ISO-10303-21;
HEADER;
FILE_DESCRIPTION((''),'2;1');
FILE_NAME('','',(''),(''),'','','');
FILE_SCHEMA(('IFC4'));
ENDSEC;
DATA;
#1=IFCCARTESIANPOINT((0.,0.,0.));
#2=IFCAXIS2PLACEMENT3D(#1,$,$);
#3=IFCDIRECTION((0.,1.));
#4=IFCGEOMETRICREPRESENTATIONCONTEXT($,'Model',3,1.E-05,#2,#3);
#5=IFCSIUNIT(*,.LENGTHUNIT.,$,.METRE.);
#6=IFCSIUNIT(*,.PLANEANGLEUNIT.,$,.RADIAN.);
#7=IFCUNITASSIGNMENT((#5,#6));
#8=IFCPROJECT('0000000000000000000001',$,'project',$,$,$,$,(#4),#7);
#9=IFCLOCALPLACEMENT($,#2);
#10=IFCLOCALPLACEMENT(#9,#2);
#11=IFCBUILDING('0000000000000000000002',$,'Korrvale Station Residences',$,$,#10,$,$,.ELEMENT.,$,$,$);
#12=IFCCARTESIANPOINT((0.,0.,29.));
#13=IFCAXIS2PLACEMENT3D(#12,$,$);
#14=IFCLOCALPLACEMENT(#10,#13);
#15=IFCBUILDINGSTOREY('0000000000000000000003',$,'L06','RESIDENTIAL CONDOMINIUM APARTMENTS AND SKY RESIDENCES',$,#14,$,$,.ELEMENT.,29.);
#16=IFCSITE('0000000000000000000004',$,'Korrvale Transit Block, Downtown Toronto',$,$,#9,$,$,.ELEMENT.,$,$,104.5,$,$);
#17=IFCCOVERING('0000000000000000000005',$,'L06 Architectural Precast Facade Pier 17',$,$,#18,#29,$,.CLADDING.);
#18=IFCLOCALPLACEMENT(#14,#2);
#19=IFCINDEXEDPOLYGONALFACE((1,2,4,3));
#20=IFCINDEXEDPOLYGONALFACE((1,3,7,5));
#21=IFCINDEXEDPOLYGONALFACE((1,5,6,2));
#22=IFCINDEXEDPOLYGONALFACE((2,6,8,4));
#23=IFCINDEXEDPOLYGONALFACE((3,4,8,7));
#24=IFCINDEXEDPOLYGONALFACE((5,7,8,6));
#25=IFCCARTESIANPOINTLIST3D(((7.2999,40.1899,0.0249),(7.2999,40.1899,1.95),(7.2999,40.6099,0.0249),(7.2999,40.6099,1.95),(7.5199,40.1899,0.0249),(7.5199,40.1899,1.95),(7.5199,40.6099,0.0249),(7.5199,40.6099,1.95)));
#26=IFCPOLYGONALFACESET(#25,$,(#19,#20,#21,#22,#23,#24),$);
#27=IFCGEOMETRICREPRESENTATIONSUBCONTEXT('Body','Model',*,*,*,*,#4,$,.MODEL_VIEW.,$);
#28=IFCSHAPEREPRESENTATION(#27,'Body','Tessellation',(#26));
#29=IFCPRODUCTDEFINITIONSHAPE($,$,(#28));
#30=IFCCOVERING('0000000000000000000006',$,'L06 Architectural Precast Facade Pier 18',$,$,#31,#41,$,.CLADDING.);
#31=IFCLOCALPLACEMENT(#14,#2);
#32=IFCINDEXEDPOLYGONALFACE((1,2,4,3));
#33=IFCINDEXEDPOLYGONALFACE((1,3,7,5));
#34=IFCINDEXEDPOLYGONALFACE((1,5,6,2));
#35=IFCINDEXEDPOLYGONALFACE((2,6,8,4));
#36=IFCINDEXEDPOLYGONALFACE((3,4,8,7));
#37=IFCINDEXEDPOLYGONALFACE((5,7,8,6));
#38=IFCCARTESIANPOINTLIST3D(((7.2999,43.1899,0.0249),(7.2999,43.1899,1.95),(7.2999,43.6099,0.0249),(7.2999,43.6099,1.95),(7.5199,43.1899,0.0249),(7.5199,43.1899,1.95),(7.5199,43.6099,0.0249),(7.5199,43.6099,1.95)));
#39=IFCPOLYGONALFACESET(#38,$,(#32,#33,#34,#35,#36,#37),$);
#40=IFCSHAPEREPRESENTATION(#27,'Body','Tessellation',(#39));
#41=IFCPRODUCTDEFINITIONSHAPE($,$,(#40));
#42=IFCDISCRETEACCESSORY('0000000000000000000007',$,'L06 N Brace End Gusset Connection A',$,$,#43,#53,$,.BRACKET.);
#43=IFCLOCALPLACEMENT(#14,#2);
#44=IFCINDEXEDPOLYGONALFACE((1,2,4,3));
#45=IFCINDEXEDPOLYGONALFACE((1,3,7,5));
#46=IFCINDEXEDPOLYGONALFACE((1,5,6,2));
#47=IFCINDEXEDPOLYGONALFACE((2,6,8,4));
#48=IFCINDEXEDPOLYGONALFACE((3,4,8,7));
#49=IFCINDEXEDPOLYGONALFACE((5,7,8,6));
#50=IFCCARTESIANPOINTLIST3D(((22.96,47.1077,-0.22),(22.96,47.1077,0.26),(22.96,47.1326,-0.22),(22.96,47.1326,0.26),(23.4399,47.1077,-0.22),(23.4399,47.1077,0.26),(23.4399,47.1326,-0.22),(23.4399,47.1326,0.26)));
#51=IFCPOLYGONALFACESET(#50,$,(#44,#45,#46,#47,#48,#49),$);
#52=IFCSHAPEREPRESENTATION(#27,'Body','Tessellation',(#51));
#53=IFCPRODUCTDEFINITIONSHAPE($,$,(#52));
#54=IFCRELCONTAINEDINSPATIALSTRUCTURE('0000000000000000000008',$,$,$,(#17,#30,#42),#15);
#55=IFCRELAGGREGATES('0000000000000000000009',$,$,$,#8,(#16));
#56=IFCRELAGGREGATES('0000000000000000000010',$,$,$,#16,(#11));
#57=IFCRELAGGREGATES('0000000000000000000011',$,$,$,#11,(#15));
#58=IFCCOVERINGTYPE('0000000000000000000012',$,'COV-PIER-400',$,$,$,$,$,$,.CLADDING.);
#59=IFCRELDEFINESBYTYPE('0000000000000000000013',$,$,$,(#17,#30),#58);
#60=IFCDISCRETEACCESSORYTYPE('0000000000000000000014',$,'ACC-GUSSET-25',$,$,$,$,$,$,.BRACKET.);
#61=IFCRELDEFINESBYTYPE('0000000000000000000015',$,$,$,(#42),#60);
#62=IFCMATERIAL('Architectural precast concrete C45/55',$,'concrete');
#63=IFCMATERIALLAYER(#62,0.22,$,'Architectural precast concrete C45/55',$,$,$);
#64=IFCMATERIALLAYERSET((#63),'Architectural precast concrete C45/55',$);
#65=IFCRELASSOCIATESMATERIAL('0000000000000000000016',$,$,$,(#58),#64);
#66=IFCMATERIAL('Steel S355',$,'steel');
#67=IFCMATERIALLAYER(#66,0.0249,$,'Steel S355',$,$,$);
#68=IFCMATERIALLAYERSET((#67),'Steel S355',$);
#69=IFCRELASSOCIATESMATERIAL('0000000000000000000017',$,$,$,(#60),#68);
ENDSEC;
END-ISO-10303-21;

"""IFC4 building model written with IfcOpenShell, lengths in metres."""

from ifc_helpers import new_model, si_unit, direction, frame, origin, origin_2d, place, context, subcontext, project, spatial, rectangle, extrude, material, layer, layer_set, type_object, element, save


model = new_model("IFC4")

# Units and contexts
model_context = context("Model", 3, precision=1e-05, world=origin(), true_north=direction((0.0, 1.0)))
body_context = subcontext(model_context, "Body", "Model", "MODEL_VIEW")
ifc_project = project(units=[si_unit("LENGTHUNIT", "METRE"), si_unit("PLANEANGLEUNIT", "RADIAN")], contexts=[model_context])

# Site, building, storey
site_placement = place(None, origin())
site = spatial("IfcSite", under=ifc_project, at=site_placement, Name="Korrvale Transit Block, Downtown Toronto", CompositionType="ELEMENT", RefElevation=104.5)
building_placement = place(site_placement, origin())
building = spatial("IfcBuilding", under=site, at=building_placement, Name="Korrvale Station Residences", CompositionType="ELEMENT")
storey_placement = place(building_placement, frame((0.0, 0.0, 29.0)))
storey = spatial("IfcBuildingStorey", under=building, at=storey_placement, Name="L06", Description="RESIDENTIAL CONDOMINIUM APARTMENTS AND SKY RESIDENCES", CompositionType="ELEMENT", Elevation=29.0)

# Shared definitions
ifc_material_1 = material(Name="Steel S355", Category="steel")

# Coverings
ifc_material_2 = material(Name="Architectural precast concrete C45/55", Category="concrete")
ifc_layer_1 = layer(ifc_material_2, 0.22, Name="Architectural precast concrete C45/55")
ifc_layer_set_1 = layer_set([ifc_layer_1], Name="Architectural precast concrete C45/55")
covering_type = type_object("IfcCoveringType", Name="COV-PIER-400", PredefinedType="CLADDING", material=ifc_layer_set_1)
for number, where, z_axis, x_axis, name in (
    (1, (7.4099, 40.3999, 0.0249), (0.0, 0.0, 1.0), (0.0, 1.0, 0.0), "L06 Architectural Precast Facade Pier 17"),
    (2, (7.4099, 43.3999, 0.0249), (0.0, 0.0, 1.0), (0.0, 1.0, 0.0), "L06 Architectural Precast Facade Pier 18"),
):
    element("IfcCovering", number, at=place(storey_placement, frame(where, z_axis=z_axis, x_axis=x_axis)), inside=storey, type_object=covering_type, Name=name, PredefinedType="CLADDING", context=body_context, shape_type="SweptSolid", body=[
        extrude(rectangle(XDim=0.4199, YDim=0.22, at=origin_2d()), origin(), (0.0, 0.0, 1.0), 1.925),
    ])

# Discrete accessory
ifc_layer_2 = layer(ifc_material_1, 0.0249, Name="Steel S355")
ifc_layer_set_2 = layer_set([ifc_layer_2], Name="Steel S355")
discrete_accessory_type = type_object("IfcDiscreteAccessoryType", Name="ACC-GUSSET-25", PredefinedType="BRACKET", material=ifc_layer_set_2)
discrete_accessory_placement = place(storey_placement, frame((23.2, 47.1201, -0.22), z_axis=(0.0, 0.0, 1.0), x_axis=(1.0, 0.0, 0.0)))
element("IfcDiscreteAccessory", 3, at=discrete_accessory_placement, inside=storey, type_object=discrete_accessory_type, Name="L06 N Brace End Gusset Connection A", PredefinedType="BRACKET", context=body_context, shape_type="SweptSolid", body=[
    extrude(rectangle(XDim=0.48, YDim=0.0249, at=origin_2d()), origin(), (0.0, 0.0, 1.0), 0.48),
])

save(model, "model.ifc")
